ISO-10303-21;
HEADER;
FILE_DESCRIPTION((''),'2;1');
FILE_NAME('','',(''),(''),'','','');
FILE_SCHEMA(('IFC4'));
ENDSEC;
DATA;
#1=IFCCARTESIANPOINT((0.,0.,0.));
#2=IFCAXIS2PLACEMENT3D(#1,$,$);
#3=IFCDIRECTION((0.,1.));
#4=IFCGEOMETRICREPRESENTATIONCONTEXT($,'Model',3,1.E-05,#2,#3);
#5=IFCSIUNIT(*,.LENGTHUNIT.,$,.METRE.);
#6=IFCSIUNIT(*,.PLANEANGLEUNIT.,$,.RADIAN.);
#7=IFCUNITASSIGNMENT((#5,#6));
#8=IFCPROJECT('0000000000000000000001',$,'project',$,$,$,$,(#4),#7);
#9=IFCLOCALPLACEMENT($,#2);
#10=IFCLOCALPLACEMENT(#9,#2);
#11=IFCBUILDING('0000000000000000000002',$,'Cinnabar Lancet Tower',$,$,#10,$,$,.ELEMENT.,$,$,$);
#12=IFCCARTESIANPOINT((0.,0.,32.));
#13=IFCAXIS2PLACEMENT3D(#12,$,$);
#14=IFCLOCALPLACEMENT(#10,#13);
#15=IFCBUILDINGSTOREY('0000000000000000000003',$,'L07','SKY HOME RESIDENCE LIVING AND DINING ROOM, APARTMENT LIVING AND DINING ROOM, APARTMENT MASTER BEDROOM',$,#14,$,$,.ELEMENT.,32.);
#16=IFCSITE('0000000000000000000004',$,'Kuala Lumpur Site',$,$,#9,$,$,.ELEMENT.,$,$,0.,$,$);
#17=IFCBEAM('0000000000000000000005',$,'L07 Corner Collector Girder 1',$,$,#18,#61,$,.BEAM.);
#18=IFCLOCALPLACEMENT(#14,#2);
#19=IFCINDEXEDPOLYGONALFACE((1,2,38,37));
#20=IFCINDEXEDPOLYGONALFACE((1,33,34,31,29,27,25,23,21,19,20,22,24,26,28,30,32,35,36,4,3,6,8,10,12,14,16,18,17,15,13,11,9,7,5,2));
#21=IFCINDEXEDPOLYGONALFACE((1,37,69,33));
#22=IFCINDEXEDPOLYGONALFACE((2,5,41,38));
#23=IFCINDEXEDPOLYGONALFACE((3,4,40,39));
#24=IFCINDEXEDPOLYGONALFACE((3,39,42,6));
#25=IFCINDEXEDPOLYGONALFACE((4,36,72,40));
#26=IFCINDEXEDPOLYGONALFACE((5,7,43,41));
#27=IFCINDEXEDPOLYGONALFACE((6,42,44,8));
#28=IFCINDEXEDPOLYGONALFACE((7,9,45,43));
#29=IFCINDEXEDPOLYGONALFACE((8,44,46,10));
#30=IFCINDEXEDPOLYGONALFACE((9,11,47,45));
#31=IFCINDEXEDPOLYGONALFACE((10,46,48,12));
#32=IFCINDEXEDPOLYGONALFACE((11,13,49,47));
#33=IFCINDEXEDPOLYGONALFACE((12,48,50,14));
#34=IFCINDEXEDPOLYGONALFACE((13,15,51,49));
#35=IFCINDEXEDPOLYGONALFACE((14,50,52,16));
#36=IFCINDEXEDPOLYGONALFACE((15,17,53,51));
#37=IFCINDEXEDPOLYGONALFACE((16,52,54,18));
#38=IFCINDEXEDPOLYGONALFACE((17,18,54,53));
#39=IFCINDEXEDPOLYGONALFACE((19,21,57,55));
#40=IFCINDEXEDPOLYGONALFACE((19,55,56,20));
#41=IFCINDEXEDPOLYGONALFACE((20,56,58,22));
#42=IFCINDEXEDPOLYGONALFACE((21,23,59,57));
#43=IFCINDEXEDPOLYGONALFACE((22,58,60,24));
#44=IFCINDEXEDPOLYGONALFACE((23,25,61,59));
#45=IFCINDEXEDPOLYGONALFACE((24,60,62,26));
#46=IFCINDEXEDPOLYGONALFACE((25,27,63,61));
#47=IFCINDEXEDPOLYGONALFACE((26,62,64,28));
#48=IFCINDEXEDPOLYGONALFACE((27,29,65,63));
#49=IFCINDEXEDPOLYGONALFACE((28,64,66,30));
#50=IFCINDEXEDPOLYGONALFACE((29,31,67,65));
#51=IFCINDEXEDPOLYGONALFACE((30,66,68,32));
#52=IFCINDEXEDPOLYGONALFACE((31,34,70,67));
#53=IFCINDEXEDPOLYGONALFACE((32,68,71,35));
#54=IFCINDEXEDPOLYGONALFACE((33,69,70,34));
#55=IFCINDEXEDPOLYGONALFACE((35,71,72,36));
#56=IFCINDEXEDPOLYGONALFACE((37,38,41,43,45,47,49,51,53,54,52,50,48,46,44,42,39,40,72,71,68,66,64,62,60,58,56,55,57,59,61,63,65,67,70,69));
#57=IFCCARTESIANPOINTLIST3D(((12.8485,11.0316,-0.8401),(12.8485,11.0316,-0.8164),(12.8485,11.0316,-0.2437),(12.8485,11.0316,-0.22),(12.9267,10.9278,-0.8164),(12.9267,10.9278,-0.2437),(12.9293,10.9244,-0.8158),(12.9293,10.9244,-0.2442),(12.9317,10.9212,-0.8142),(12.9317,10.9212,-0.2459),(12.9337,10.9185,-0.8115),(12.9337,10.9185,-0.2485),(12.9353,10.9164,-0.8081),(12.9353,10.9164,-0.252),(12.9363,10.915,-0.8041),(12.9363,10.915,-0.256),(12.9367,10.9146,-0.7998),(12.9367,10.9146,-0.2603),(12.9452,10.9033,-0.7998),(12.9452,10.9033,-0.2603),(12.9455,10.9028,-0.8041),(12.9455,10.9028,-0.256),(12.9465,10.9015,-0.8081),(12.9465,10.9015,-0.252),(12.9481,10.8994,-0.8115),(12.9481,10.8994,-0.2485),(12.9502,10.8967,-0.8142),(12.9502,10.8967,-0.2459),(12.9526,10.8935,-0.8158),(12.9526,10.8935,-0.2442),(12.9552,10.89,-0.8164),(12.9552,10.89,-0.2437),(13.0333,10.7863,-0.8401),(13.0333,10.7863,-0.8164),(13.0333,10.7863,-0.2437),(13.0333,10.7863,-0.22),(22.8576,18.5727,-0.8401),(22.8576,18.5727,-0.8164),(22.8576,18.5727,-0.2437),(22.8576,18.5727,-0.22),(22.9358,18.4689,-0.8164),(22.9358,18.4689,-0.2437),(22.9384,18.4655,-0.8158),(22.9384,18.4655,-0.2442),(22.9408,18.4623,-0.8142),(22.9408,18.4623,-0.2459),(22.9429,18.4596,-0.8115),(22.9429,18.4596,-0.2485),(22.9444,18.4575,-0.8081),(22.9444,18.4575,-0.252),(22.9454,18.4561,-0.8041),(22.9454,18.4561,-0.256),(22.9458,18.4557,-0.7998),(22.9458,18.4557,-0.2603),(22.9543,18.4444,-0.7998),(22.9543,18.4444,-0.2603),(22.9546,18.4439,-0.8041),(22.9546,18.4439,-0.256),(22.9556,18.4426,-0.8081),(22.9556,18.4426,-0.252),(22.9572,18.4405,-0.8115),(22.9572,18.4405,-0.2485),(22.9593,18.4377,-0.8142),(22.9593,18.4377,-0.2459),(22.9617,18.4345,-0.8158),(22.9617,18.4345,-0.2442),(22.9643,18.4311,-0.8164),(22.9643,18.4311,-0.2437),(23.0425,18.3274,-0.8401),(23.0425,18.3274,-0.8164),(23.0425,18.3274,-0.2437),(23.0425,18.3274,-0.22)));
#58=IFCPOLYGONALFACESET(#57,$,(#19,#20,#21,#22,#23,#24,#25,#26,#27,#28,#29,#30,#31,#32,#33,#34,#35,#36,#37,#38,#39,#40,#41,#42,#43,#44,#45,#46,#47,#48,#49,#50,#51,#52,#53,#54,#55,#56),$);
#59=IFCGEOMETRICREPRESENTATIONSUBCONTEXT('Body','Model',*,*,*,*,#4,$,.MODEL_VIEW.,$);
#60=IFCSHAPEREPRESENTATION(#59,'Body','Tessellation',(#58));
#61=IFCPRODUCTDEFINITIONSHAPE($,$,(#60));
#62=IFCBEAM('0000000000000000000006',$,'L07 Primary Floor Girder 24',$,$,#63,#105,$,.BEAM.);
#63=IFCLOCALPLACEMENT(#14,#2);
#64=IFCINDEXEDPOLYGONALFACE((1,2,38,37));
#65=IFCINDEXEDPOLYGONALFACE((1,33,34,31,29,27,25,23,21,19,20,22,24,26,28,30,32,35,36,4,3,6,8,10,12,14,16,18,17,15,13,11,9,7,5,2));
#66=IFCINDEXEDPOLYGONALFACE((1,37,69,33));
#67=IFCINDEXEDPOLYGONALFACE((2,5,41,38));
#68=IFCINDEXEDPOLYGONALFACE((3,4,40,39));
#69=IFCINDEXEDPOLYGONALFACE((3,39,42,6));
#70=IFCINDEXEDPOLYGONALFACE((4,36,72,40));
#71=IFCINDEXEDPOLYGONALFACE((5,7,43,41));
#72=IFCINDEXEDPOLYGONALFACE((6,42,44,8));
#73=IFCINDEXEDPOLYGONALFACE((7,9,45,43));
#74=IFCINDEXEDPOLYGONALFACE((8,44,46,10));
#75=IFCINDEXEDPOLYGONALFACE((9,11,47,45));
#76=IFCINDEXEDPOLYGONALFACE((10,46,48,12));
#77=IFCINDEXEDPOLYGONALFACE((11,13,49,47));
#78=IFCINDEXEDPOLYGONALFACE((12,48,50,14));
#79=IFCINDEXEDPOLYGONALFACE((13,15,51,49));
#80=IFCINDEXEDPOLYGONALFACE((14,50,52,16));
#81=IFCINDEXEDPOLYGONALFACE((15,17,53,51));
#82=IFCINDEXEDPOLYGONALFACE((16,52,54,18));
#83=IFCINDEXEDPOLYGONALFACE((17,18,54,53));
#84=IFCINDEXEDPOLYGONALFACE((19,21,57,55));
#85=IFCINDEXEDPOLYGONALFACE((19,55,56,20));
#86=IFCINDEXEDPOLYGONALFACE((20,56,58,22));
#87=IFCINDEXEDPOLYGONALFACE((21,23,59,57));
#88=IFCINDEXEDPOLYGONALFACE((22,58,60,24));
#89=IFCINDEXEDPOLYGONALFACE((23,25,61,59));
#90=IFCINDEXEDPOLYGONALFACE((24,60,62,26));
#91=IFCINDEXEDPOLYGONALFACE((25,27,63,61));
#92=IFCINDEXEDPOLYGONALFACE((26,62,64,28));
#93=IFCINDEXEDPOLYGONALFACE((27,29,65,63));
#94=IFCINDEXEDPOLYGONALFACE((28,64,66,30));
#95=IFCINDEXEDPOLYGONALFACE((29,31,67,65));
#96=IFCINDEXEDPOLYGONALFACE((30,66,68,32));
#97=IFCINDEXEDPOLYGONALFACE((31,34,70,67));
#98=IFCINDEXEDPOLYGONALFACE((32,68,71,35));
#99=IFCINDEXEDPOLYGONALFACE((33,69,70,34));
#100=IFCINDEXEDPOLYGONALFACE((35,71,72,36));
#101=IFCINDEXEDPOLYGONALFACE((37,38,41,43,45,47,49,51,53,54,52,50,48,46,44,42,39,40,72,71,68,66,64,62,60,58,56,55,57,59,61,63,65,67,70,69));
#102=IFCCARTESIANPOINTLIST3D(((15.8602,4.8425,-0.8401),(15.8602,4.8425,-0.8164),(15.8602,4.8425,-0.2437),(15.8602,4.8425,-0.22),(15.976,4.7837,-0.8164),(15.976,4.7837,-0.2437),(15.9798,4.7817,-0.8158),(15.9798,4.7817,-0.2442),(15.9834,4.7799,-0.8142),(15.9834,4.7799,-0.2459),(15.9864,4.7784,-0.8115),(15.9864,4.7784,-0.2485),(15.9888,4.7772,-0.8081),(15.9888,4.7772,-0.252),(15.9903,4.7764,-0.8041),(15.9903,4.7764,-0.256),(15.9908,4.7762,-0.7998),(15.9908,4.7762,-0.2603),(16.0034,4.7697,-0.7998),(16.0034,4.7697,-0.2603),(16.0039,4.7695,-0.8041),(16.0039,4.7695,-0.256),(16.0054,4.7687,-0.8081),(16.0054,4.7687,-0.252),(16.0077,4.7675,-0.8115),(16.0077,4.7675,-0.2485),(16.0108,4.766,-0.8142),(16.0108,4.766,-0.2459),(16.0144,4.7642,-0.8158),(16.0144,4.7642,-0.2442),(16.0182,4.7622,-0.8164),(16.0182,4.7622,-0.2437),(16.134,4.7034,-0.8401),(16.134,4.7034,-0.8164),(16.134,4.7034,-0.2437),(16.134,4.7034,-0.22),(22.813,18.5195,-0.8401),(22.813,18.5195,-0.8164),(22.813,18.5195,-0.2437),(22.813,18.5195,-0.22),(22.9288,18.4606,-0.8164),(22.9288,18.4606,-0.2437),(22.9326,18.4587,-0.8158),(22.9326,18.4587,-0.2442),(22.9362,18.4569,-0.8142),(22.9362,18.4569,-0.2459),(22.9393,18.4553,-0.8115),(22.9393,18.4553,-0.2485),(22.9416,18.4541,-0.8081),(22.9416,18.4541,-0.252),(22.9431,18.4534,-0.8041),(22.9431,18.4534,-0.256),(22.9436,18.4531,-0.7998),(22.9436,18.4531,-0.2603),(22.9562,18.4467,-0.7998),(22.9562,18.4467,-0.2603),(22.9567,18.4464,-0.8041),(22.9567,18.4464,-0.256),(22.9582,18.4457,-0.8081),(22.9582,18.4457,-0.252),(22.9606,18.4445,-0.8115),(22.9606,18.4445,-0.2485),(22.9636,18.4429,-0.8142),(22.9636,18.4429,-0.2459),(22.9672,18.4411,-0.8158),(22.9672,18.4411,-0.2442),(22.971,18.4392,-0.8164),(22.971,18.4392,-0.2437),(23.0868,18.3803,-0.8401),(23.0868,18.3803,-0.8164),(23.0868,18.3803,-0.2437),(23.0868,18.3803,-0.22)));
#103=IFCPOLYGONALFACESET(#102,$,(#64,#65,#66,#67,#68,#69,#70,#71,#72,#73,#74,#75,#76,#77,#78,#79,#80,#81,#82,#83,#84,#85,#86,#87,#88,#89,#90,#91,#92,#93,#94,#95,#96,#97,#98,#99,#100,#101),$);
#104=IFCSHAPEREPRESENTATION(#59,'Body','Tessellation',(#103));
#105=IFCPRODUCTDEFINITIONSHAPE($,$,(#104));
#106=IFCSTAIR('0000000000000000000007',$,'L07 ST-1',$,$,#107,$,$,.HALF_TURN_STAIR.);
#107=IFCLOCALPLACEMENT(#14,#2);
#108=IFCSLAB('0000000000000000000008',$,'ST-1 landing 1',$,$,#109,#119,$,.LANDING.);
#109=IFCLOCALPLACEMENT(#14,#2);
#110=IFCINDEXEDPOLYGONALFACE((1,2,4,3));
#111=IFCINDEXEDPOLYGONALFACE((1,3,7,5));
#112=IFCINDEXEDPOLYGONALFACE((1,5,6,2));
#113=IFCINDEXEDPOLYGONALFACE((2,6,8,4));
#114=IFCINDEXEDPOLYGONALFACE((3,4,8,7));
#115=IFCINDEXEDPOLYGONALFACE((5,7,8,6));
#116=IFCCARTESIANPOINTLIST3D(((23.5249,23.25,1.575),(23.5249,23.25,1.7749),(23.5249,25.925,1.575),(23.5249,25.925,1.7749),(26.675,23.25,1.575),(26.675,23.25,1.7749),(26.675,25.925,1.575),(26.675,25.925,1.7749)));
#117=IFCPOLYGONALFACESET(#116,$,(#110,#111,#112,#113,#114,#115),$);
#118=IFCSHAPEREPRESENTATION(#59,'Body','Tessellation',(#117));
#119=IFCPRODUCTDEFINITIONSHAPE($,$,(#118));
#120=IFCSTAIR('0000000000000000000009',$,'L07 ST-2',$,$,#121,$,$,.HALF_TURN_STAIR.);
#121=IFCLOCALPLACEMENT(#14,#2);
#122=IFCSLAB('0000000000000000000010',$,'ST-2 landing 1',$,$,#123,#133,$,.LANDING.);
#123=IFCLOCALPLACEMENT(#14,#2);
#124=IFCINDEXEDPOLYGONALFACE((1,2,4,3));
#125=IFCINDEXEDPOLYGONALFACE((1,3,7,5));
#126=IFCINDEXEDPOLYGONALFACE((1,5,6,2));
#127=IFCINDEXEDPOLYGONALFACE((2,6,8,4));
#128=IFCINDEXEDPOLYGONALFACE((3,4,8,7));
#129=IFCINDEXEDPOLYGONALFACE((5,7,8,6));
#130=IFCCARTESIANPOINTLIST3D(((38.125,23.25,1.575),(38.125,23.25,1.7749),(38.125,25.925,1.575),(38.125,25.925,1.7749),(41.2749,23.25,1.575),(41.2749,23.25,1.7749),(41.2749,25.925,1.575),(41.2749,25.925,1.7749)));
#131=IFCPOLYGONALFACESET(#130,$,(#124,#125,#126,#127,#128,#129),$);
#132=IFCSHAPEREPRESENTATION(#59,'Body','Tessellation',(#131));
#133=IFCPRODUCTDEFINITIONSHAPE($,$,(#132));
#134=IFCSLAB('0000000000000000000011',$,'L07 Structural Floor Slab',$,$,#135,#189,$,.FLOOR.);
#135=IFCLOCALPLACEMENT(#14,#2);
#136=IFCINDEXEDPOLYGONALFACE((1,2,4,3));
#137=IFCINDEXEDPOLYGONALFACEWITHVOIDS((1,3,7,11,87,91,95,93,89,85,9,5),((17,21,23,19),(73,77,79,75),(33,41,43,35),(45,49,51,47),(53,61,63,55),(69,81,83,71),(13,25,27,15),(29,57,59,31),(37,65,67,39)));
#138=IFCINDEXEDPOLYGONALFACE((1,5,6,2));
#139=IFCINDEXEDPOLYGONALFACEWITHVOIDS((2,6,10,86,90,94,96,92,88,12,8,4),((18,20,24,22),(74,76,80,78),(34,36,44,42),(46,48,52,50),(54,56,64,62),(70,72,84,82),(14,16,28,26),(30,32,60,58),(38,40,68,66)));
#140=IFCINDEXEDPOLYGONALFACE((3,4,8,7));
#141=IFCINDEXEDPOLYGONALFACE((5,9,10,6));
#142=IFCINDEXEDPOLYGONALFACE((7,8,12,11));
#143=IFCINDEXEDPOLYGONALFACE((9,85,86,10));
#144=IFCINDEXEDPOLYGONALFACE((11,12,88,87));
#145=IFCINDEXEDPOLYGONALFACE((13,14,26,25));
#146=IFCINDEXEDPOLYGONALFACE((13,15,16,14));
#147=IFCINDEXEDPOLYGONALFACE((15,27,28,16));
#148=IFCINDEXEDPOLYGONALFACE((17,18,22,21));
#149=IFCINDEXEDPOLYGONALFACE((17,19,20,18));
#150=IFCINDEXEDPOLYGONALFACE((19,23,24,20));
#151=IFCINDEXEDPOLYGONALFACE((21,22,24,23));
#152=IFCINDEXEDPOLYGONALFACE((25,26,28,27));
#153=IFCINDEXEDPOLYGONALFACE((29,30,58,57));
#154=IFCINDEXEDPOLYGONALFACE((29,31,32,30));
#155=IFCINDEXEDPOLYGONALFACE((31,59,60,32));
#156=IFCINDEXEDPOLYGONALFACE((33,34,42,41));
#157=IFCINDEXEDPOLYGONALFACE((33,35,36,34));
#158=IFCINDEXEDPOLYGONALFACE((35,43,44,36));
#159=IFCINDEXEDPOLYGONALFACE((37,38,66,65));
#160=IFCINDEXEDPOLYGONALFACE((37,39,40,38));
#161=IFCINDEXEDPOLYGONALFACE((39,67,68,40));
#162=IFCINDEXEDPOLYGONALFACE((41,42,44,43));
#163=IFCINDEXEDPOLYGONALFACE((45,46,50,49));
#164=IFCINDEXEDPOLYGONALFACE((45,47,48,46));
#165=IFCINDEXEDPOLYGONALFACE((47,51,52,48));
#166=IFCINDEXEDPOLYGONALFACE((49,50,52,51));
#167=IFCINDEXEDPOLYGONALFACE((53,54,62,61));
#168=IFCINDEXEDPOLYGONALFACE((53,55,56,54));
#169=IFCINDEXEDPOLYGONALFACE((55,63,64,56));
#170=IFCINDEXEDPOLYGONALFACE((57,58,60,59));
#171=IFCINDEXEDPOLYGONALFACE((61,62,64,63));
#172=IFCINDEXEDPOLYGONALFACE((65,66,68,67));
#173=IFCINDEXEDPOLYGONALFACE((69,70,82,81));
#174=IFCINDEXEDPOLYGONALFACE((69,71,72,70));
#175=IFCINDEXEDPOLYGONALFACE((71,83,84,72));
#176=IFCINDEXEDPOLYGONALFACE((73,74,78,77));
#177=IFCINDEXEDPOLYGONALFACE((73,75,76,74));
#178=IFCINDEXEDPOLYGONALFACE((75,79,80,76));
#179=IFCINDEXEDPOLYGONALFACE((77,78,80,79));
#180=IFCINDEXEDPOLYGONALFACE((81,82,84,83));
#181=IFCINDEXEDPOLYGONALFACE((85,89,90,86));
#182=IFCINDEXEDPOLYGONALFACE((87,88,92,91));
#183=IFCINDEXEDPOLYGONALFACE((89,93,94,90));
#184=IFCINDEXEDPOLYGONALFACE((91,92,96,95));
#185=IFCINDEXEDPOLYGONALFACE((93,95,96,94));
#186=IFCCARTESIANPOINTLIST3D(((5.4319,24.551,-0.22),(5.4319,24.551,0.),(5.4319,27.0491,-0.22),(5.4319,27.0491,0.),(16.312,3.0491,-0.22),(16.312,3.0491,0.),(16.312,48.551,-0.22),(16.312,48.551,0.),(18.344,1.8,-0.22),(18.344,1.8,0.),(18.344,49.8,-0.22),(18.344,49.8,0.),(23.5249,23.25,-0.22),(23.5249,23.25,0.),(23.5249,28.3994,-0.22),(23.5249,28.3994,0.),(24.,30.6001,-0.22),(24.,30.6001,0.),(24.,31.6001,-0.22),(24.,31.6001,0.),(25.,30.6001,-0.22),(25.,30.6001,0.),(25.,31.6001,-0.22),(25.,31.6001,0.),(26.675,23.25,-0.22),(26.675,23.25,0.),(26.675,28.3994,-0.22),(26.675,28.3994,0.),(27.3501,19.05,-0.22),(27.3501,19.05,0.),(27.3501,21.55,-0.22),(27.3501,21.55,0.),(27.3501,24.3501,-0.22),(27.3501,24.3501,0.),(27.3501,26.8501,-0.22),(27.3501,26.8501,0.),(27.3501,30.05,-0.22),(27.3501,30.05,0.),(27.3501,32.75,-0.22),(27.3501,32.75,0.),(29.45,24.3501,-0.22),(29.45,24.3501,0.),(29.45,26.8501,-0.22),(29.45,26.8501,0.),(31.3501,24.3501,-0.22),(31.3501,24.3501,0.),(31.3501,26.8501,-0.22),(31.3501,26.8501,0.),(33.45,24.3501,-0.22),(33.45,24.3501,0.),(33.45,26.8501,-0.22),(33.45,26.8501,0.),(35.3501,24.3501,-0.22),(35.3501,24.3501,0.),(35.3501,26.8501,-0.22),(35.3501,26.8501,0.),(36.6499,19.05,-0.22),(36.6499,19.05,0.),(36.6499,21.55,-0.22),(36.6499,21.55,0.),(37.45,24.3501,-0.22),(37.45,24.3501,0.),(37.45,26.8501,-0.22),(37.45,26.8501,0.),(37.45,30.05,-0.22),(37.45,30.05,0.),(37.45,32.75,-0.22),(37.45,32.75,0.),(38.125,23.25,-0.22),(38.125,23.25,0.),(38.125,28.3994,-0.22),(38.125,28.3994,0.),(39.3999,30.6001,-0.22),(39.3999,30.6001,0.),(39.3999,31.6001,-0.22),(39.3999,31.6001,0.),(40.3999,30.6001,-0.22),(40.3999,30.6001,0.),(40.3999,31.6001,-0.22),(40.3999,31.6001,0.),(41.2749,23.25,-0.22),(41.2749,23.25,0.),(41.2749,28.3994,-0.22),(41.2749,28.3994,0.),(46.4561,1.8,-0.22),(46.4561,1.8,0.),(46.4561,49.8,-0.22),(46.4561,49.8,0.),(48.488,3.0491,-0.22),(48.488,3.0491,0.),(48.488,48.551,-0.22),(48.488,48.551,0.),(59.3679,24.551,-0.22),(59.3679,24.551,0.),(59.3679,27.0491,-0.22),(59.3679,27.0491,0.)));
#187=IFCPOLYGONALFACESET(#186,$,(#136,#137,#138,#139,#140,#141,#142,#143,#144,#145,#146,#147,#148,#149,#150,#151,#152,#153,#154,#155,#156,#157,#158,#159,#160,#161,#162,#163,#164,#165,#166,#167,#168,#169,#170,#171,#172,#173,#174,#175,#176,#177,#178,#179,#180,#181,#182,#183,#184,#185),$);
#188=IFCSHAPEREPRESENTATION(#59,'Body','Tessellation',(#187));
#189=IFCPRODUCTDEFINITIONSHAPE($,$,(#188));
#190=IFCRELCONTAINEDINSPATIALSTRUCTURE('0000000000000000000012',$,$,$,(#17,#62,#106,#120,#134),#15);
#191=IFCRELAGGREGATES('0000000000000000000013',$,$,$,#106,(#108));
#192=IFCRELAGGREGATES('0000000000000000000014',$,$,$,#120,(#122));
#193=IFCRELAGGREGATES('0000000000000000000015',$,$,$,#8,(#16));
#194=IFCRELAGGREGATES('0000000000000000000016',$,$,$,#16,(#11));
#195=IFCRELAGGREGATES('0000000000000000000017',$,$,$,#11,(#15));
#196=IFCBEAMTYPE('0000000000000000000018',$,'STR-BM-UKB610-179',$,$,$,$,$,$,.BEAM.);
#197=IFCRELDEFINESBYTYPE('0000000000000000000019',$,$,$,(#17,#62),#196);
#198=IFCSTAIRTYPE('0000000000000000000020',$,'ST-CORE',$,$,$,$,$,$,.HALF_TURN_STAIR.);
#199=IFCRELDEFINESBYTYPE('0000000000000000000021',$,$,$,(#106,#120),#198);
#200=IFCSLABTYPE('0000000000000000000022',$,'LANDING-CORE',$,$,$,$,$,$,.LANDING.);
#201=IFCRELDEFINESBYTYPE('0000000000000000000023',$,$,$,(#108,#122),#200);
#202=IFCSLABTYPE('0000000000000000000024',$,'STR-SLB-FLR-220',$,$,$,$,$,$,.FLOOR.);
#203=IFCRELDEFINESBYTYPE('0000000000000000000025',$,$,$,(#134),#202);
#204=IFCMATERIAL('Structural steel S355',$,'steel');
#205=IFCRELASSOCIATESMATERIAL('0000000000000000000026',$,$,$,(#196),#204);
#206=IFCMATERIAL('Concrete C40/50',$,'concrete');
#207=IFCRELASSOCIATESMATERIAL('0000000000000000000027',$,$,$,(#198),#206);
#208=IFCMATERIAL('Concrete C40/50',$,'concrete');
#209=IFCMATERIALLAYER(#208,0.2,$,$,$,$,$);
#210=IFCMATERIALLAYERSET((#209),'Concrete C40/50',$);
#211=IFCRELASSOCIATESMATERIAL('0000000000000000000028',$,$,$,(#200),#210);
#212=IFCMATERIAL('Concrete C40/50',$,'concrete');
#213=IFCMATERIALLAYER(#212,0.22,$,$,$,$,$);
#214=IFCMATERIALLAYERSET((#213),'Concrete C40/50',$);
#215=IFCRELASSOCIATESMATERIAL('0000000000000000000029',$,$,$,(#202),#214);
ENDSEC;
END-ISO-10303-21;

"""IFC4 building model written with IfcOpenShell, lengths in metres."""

from ifc_helpers import new_model, si_unit, direction, frame, origin, origin_2d, place, context, subcontext, project, spatial, polyline, i_section, outline, extrude, material, layer, layer_set, material_profile, profile_set, type_object, element, aggregate, save


model = new_model("IFC4")

# Units and contexts
model_context = context("Model", 3, precision=1e-05, world=origin(), true_north=direction((0.0, 1.0)))
body_context = subcontext(model_context, "Body", "Model", "MODEL_VIEW")
ifc_project = project(units=[si_unit("LENGTHUNIT", "METRE"), si_unit("PLANEANGLEUNIT", "RADIAN")], contexts=[model_context])

# Site, building, storey
site_placement = place(None, origin())
site = spatial("IfcSite", under=ifc_project, at=site_placement, Name="Kuala Lumpur Site", CompositionType="ELEMENT", RefElevation=0.0)
building_placement = place(site_placement, origin())
building = spatial("IfcBuilding", under=site, at=building_placement, Name="Cinnabar Lancet Tower", CompositionType="ELEMENT")
storey_placement = place(building_placement, frame((0.0, 0.0, 32.0)))
storey = spatial("IfcBuildingStorey", under=building, at=storey_placement, Name="L07", Description="SKY HOME RESIDENCE LIVING AND DINING ROOM, APARTMENT LIVING AND DINING ROOM, APARTMENT MASTER BEDROOM", CompositionType="ELEMENT", Elevation=32.0)

# Beams
ifc_material_1 = material(Name="Structural steel S355", Category="steel")
ifc_material_profile_1 = material_profile(ifc_material_1, i_section(OverallWidth=0.3071, OverallDepth=0.6201, WebThickness=0.0142, FlangeThickness=0.0237, FilletRadius=0.0166, at=origin_2d()), Name="UKB 610x305x179")
ifc_profile_set_1 = profile_set([ifc_material_profile_1], Name="Structural steel S355")
beam_type_1 = type_object("IfcBeamType", Name="STR-BM-UKB610-179", PredefinedType="BEAM", material=ifc_profile_set_1)
beam_1_placement = place(storey_placement, frame((12.9409, 10.9089, -0.53), z_axis=(0.798687, 0.601747, 0.0), x_axis=(-0.601747, 0.798687, 0.0)))
element("IfcBeam", 1, at=beam_1_placement, inside=storey, type_object=beam_type_1, Name="L07 Corner Collector Girder 1", PredefinedType="BEAM", context=body_context, shape_type="SweptSolid", body=[
    extrude(i_section(OverallWidth=0.3071, OverallDepth=0.6201, WebThickness=0.0142, FlangeThickness=0.0237, FilletRadius=0.0166, at=origin_2d()), origin(), (0.0, 0.0, 1.0), 12.532),
])
beam_2_placement = place(storey_placement, frame((15.9971, 4.7729, -0.53), z_axis=(0.453168, 0.891425, 0.0), x_axis=(-0.891425, 0.453168, 0.0)))
element("IfcBeam", 2, at=beam_2_placement, inside=storey, type_object=beam_type_1, Name="L07 Primary Floor Girder 24", PredefinedType="BEAM", context=body_context, shape_type="SweptSolid", body=[
    extrude(i_section(OverallWidth=0.3071, OverallDepth=0.6201, WebThickness=0.0142, FlangeThickness=0.0237, FilletRadius=0.0166, at=origin_2d()), origin(), (0.0, 0.0, 1.0), 15.3428),
])

# Stairs, slabs
ifc_material_2 = material(Name="Concrete C40/50", Category="concrete")
stair_type = type_object("IfcStairType", Name="ST-CORE", PredefinedType="HALF_TURN_STAIR", material=ifc_material_2)
stair_1_placement = place(storey_placement, origin())
stair_1 = element("IfcStair", 3, at=stair_1_placement, inside=storey, type_object=stair_type, Name="L07 ST-1", PredefinedType="HALF_TURN_STAIR")
ifc_material_3 = material(Name="Concrete C40/50", Category="concrete")
ifc_layer_1 = layer(ifc_material_3, 0.2)
ifc_layer_set_1 = layer_set([ifc_layer_1], Name="Concrete C40/50")
slab_type_1 = type_object("IfcSlabType", Name="LANDING-CORE", PredefinedType="LANDING", material=ifc_layer_set_1)
slab_1_placement = place(storey_placement, frame((0.0, 0.0, 1.575)))
slab_1 = element("IfcSlab", 4, at=slab_1_placement, type_object=slab_type_1, Name="ST-1 landing 1", PredefinedType="LANDING", context=body_context, shape_type="SweptSolid", body=[
    extrude(outline(polyline([(23.5249, 25.925), (23.5249, 23.25), (26.675, 23.25), (26.675, 25.925), (23.5249, 25.925)])), origin(), (0.0, 0.0, 1.0), 0.2),
])
aggregate(stair_1, [slab_1])
stair_2_placement = place(storey_placement, origin())
stair_2 = element("IfcStair", 5, at=stair_2_placement, inside=storey, type_object=stair_type, Name="L07 ST-2", PredefinedType="HALF_TURN_STAIR")
slab_2_placement = place(storey_placement, frame((0.0, 0.0, 1.575)))
slab_2 = element("IfcSlab", 6, at=slab_2_placement, type_object=slab_type_1, Name="ST-2 landing 1", PredefinedType="LANDING", context=body_context, shape_type="SweptSolid", body=[
    extrude(outline(polyline([(38.125, 25.925), (38.125, 23.25), (41.2749, 23.25), (41.2749, 25.925), (38.125, 25.925)])), origin(), (0.0, 0.0, 1.0), 0.2),
])
aggregate(stair_2, [slab_2])

# Slab
ifc_material_4 = material(Name="Concrete C40/50", Category="concrete")
ifc_layer_2 = layer(ifc_material_4, 0.22)
ifc_layer_set_2 = layer_set([ifc_layer_2], Name="Concrete C40/50")
slab_type_2 = type_object("IfcSlabType", Name="STR-SLB-FLR-220", PredefinedType="FLOOR", material=ifc_layer_set_2)
slab_3_placement = place(storey_placement, frame((0.0, 0.0, -0.22)))
element("IfcSlab", 7, at=slab_3_placement, inside=storey, type_object=slab_type_2, Name="L07 Structural Floor Slab", PredefinedType="FLOOR", context=body_context, shape_type="SweptSolid", body=[
    extrude(outline(polyline([(16.312, 3.0491), (18.344, 1.8), (46.4561, 1.8), (48.488, 3.0491), (59.3679, 24.551), (59.3679, 27.0491), (48.488, 48.551), (46.4561, 49.8), (18.344, 49.8), (16.312, 48.551), (5.4319, 27.0491), (5.4319, 24.551), (16.312, 3.0491)]), holes=[polyline([(23.5249, 23.25), (26.675, 23.25), (26.675, 28.3994), (23.5249, 28.3994), (23.5249, 23.25)]), polyline([(38.125, 23.25), (41.2749, 23.25), (41.2749, 28.3994), (38.125, 28.3994), (38.125, 23.25)]), polyline([(27.3501, 30.05), (37.45, 30.05), (37.45, 32.75), (27.3501, 32.75), (27.3501, 30.05)]), polyline([(27.3501, 19.05), (36.6499, 19.05), (36.6499, 21.55), (27.3501, 21.55), (27.3501, 19.05)]), polyline([(27.3501, 24.3501), (29.45, 24.3501), (29.45, 26.8501), (27.3501, 26.8501), (27.3501, 24.3501)]), polyline([(35.3501, 24.3501), (37.45, 24.3501), (37.45, 26.8501), (35.3501, 26.8501), (35.3501, 24.3501)]), polyline([(31.3501, 24.3501), (33.45, 24.3501), (33.45, 26.8501), (31.3501, 26.8501), (31.3501, 24.3501)]), polyline([(24.0, 30.6001), (25.0, 30.6001), (25.0, 31.6001), (24.0, 31.6001), (24.0, 30.6001)]), polyline([(39.3999, 30.6001), (40.3999, 30.6001), (40.3999, 31.6001), (39.3999, 31.6001), (39.3999, 30.6001)])]), origin(), (0.0, 0.0, 1.0), 0.22),
])

save(model, "model.ifc")
